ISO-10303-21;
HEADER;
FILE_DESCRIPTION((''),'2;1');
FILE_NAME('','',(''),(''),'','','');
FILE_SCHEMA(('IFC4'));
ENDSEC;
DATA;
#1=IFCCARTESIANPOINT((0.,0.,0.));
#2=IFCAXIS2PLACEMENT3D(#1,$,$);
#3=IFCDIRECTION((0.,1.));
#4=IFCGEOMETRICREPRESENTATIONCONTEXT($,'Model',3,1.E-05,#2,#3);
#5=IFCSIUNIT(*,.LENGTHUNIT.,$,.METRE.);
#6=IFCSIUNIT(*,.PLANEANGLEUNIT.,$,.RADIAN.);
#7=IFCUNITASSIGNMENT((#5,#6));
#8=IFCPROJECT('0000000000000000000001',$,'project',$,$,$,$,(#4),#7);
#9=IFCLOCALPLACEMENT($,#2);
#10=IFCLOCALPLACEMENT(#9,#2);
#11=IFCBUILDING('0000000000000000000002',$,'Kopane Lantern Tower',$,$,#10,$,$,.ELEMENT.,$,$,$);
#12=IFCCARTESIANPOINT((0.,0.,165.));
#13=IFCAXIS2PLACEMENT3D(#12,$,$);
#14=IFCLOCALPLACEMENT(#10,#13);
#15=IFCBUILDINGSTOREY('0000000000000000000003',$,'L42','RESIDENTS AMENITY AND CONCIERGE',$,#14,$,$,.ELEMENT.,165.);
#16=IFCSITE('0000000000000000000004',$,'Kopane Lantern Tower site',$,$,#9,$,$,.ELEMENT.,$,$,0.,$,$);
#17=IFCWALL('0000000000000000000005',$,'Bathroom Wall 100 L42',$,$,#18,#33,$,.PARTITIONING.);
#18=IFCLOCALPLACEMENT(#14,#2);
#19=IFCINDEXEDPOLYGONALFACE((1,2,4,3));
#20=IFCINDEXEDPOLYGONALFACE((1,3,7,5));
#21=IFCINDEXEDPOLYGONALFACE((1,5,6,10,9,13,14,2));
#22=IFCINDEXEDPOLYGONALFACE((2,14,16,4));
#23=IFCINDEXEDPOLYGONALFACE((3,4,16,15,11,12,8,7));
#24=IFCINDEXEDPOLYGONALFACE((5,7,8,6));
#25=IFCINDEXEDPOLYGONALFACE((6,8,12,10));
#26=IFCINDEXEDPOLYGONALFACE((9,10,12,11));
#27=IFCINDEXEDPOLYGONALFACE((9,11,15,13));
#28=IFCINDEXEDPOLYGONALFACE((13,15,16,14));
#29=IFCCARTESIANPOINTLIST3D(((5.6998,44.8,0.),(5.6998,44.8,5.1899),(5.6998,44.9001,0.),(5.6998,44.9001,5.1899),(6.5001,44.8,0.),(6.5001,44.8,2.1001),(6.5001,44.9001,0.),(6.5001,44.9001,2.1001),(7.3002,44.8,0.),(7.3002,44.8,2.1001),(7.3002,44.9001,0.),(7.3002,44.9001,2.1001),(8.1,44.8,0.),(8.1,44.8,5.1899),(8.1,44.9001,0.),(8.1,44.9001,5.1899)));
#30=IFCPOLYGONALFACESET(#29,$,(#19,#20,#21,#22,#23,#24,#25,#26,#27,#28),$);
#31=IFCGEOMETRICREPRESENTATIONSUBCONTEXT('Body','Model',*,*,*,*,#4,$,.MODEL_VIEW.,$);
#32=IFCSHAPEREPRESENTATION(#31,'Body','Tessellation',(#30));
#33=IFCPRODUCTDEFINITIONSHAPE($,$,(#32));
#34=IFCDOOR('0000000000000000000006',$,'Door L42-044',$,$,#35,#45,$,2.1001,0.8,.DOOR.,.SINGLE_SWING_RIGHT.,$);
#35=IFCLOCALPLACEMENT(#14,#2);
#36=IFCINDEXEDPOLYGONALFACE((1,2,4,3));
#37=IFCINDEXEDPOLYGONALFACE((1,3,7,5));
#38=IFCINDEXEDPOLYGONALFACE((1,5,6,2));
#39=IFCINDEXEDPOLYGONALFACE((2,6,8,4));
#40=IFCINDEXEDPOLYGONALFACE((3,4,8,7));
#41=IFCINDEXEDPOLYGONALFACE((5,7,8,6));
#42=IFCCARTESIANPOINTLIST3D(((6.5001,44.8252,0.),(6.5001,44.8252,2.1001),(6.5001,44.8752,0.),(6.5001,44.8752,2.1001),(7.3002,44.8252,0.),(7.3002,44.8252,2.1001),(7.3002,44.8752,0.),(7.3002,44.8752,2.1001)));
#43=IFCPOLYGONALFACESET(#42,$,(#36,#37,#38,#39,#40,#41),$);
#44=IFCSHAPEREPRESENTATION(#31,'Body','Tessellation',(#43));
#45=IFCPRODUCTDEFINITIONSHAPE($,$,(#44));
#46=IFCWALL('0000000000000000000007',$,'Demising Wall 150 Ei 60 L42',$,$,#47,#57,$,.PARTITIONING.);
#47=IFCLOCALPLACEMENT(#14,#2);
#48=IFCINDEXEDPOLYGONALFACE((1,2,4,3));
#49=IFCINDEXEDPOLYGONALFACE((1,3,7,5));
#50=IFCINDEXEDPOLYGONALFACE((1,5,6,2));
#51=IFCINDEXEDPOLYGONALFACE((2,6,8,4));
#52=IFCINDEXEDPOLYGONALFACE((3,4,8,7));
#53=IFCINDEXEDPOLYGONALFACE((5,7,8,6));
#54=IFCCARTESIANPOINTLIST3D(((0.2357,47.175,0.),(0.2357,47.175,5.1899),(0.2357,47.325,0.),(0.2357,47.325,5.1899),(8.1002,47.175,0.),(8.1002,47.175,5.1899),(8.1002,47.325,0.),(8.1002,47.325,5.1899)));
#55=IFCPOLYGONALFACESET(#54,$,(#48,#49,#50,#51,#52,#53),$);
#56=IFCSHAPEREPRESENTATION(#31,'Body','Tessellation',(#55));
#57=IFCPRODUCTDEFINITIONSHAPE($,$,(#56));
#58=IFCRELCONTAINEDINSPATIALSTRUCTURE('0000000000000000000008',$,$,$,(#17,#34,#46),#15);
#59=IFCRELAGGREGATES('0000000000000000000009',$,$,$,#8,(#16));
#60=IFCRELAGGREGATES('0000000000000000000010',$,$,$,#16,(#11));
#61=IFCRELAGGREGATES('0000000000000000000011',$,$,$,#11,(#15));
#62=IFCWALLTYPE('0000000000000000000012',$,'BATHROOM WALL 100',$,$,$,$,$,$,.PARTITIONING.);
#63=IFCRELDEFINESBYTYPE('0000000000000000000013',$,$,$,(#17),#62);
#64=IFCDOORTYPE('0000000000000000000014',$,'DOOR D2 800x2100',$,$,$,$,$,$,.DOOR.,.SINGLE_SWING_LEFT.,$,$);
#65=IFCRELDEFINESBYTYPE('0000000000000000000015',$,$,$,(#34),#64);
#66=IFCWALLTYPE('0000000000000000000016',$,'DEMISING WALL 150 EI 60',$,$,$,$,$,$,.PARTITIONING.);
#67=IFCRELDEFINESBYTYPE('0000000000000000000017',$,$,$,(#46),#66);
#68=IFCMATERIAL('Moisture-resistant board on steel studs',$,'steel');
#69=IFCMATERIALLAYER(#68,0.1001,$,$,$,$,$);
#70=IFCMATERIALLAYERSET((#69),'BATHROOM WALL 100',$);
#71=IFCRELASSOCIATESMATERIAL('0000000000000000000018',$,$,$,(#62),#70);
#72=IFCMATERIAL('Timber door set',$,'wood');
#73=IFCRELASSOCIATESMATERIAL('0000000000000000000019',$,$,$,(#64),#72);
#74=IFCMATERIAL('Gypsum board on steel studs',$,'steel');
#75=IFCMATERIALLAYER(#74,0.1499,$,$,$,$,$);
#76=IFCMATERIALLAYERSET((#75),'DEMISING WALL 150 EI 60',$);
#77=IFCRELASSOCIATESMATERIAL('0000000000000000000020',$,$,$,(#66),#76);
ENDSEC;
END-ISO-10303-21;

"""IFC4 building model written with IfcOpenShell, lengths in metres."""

from ifc_helpers import new_model, si_unit, direction, frame, frame_2d, origin, place, context, subcontext, project, spatial, rectangle, extrude, material, layer, layer_set, type_object, element, fill, save


model = new_model("IFC4")

# Units and contexts
model_context = context("Model", 3, precision=1e-05, world=origin(), true_north=direction((0.0, 1.0)))
body_context = subcontext(model_context, "Body", "Model", "MODEL_VIEW")
ifc_project = project(units=[si_unit("LENGTHUNIT", "METRE"), si_unit("PLANEANGLEUNIT", "RADIAN")], contexts=[model_context])

# Site, building, storey
site_placement = place(None, origin())
site = spatial("IfcSite", under=ifc_project, at=site_placement, Name="Kopane Lantern Tower site", CompositionType="ELEMENT", RefElevation=0.0)
building_placement = place(site_placement, origin())
building = spatial("IfcBuilding", under=site, at=building_placement, Name="Kopane Lantern Tower", CompositionType="ELEMENT")
storey_placement = place(building_placement, frame((0.0, 0.0, 165.0)))
storey = spatial("IfcBuildingStorey", under=building, at=storey_placement, Name="L42", Description="RESIDENTS AMENITY AND CONCIERGE", CompositionType="ELEMENT", Elevation=165.0)

# Wall, opening, door
ifc_material_1 = material(Name="Moisture-resistant board on steel studs", Category="steel")
ifc_layer_1 = layer(ifc_material_1, 0.1001)
ifc_layer_set_1 = layer_set([ifc_layer_1], Name="BATHROOM WALL 100")
wall_type_1 = type_object("IfcWallType", Name="BATHROOM WALL 100", PredefinedType="PARTITIONING", material=ifc_layer_set_1)
wall_1_placement = place(storey_placement, frame((8.1001, 44.8501, 0.0), z_axis=(0.0, 0.0, 1.0), x_axis=(-1.0, 0.0, 0.0)))
wall_1 = element("IfcWall", 1, at=wall_1_placement, inside=storey, type_object=wall_type_1, Name="Bathroom Wall 100 L42", PredefinedType="PARTITIONING", context=body_context, shape_type="SweptSolid", body=[
    extrude(rectangle(XDim=2.4001, YDim=0.1001, at=frame_2d((1.2002, 0.0))), origin(), (0.0, 0.0, 1.0), 5.1899),
])
opening_placement = place(wall_1_placement, frame((0.8, 0.0, 0.0)))
opening = element("IfcOpeningElement", 2, at=opening_placement, cuts=wall_1, PredefinedType="OPENING", context=body_context, shape_type="SweptSolid", body=[
    extrude(rectangle(XDim=0.8, YDim=2.1001, at=frame_2d((0.3999, 1.05))), frame((0.0, 0.0601, 0.0), z_axis=(0.0, -1.0, 0.0), x_axis=(1.0, 0.0, 0.0)), (0.0, 0.0, 1.0), 0.1201),
])
ifc_material_2 = material(Name="Timber door set", Category="wood")
door_type = type_object("IfcDoorType", Name="DOOR D2 800x2100", OperationType="SINGLE_SWING_LEFT", PredefinedType="DOOR", material=ifc_material_2)
door_placement = place(opening_placement, origin())
door = element("IfcDoor", 3, at=door_placement, inside=storey, type_object=door_type, Name="Door L42-044", OperationType="SINGLE_SWING_RIGHT", OverallHeight=2.1001, OverallWidth=0.8, PredefinedType="DOOR", context=body_context, shape_type="SweptSolid", body=[
    extrude(rectangle(XDim=0.8, YDim=2.1001, at=frame_2d((0.3999, 1.05))), frame((0.0, 0.0249, 0.0), z_axis=(0.0, -1.0, 0.0), x_axis=(1.0, 0.0, 0.0)), (0.0, 0.0, 1.0), 0.05),
])
fill(opening, door)

# Wall
ifc_material_3 = material(Name="Gypsum board on steel studs", Category="steel")
ifc_layer_2 = layer(ifc_material_3, 0.1499)
ifc_layer_set_2 = layer_set([ifc_layer_2], Name="DEMISING WALL 150 EI 60")
wall_type_2 = type_object("IfcWallType", Name="DEMISING WALL 150 EI 60", PredefinedType="PARTITIONING", material=ifc_layer_set_2)
wall_2_placement = place(storey_placement, frame((8.1001, 47.25, 0.0), z_axis=(0.0, 0.0, 1.0), x_axis=(-1.0, 0.0, 0.0)))
element("IfcWall", 4, at=wall_2_placement, inside=storey, type_object=wall_type_2, Name="Demising Wall 150 Ei 60 L42", PredefinedType="PARTITIONING", context=body_context, shape_type="SweptSolid", body=[
    extrude(rectangle(XDim=7.8645, YDim=0.1499, at=frame_2d((3.9321, 0.0))), origin(), (0.0, 0.0, 1.0), 5.1899),
])

save(model, "model.ifc")
